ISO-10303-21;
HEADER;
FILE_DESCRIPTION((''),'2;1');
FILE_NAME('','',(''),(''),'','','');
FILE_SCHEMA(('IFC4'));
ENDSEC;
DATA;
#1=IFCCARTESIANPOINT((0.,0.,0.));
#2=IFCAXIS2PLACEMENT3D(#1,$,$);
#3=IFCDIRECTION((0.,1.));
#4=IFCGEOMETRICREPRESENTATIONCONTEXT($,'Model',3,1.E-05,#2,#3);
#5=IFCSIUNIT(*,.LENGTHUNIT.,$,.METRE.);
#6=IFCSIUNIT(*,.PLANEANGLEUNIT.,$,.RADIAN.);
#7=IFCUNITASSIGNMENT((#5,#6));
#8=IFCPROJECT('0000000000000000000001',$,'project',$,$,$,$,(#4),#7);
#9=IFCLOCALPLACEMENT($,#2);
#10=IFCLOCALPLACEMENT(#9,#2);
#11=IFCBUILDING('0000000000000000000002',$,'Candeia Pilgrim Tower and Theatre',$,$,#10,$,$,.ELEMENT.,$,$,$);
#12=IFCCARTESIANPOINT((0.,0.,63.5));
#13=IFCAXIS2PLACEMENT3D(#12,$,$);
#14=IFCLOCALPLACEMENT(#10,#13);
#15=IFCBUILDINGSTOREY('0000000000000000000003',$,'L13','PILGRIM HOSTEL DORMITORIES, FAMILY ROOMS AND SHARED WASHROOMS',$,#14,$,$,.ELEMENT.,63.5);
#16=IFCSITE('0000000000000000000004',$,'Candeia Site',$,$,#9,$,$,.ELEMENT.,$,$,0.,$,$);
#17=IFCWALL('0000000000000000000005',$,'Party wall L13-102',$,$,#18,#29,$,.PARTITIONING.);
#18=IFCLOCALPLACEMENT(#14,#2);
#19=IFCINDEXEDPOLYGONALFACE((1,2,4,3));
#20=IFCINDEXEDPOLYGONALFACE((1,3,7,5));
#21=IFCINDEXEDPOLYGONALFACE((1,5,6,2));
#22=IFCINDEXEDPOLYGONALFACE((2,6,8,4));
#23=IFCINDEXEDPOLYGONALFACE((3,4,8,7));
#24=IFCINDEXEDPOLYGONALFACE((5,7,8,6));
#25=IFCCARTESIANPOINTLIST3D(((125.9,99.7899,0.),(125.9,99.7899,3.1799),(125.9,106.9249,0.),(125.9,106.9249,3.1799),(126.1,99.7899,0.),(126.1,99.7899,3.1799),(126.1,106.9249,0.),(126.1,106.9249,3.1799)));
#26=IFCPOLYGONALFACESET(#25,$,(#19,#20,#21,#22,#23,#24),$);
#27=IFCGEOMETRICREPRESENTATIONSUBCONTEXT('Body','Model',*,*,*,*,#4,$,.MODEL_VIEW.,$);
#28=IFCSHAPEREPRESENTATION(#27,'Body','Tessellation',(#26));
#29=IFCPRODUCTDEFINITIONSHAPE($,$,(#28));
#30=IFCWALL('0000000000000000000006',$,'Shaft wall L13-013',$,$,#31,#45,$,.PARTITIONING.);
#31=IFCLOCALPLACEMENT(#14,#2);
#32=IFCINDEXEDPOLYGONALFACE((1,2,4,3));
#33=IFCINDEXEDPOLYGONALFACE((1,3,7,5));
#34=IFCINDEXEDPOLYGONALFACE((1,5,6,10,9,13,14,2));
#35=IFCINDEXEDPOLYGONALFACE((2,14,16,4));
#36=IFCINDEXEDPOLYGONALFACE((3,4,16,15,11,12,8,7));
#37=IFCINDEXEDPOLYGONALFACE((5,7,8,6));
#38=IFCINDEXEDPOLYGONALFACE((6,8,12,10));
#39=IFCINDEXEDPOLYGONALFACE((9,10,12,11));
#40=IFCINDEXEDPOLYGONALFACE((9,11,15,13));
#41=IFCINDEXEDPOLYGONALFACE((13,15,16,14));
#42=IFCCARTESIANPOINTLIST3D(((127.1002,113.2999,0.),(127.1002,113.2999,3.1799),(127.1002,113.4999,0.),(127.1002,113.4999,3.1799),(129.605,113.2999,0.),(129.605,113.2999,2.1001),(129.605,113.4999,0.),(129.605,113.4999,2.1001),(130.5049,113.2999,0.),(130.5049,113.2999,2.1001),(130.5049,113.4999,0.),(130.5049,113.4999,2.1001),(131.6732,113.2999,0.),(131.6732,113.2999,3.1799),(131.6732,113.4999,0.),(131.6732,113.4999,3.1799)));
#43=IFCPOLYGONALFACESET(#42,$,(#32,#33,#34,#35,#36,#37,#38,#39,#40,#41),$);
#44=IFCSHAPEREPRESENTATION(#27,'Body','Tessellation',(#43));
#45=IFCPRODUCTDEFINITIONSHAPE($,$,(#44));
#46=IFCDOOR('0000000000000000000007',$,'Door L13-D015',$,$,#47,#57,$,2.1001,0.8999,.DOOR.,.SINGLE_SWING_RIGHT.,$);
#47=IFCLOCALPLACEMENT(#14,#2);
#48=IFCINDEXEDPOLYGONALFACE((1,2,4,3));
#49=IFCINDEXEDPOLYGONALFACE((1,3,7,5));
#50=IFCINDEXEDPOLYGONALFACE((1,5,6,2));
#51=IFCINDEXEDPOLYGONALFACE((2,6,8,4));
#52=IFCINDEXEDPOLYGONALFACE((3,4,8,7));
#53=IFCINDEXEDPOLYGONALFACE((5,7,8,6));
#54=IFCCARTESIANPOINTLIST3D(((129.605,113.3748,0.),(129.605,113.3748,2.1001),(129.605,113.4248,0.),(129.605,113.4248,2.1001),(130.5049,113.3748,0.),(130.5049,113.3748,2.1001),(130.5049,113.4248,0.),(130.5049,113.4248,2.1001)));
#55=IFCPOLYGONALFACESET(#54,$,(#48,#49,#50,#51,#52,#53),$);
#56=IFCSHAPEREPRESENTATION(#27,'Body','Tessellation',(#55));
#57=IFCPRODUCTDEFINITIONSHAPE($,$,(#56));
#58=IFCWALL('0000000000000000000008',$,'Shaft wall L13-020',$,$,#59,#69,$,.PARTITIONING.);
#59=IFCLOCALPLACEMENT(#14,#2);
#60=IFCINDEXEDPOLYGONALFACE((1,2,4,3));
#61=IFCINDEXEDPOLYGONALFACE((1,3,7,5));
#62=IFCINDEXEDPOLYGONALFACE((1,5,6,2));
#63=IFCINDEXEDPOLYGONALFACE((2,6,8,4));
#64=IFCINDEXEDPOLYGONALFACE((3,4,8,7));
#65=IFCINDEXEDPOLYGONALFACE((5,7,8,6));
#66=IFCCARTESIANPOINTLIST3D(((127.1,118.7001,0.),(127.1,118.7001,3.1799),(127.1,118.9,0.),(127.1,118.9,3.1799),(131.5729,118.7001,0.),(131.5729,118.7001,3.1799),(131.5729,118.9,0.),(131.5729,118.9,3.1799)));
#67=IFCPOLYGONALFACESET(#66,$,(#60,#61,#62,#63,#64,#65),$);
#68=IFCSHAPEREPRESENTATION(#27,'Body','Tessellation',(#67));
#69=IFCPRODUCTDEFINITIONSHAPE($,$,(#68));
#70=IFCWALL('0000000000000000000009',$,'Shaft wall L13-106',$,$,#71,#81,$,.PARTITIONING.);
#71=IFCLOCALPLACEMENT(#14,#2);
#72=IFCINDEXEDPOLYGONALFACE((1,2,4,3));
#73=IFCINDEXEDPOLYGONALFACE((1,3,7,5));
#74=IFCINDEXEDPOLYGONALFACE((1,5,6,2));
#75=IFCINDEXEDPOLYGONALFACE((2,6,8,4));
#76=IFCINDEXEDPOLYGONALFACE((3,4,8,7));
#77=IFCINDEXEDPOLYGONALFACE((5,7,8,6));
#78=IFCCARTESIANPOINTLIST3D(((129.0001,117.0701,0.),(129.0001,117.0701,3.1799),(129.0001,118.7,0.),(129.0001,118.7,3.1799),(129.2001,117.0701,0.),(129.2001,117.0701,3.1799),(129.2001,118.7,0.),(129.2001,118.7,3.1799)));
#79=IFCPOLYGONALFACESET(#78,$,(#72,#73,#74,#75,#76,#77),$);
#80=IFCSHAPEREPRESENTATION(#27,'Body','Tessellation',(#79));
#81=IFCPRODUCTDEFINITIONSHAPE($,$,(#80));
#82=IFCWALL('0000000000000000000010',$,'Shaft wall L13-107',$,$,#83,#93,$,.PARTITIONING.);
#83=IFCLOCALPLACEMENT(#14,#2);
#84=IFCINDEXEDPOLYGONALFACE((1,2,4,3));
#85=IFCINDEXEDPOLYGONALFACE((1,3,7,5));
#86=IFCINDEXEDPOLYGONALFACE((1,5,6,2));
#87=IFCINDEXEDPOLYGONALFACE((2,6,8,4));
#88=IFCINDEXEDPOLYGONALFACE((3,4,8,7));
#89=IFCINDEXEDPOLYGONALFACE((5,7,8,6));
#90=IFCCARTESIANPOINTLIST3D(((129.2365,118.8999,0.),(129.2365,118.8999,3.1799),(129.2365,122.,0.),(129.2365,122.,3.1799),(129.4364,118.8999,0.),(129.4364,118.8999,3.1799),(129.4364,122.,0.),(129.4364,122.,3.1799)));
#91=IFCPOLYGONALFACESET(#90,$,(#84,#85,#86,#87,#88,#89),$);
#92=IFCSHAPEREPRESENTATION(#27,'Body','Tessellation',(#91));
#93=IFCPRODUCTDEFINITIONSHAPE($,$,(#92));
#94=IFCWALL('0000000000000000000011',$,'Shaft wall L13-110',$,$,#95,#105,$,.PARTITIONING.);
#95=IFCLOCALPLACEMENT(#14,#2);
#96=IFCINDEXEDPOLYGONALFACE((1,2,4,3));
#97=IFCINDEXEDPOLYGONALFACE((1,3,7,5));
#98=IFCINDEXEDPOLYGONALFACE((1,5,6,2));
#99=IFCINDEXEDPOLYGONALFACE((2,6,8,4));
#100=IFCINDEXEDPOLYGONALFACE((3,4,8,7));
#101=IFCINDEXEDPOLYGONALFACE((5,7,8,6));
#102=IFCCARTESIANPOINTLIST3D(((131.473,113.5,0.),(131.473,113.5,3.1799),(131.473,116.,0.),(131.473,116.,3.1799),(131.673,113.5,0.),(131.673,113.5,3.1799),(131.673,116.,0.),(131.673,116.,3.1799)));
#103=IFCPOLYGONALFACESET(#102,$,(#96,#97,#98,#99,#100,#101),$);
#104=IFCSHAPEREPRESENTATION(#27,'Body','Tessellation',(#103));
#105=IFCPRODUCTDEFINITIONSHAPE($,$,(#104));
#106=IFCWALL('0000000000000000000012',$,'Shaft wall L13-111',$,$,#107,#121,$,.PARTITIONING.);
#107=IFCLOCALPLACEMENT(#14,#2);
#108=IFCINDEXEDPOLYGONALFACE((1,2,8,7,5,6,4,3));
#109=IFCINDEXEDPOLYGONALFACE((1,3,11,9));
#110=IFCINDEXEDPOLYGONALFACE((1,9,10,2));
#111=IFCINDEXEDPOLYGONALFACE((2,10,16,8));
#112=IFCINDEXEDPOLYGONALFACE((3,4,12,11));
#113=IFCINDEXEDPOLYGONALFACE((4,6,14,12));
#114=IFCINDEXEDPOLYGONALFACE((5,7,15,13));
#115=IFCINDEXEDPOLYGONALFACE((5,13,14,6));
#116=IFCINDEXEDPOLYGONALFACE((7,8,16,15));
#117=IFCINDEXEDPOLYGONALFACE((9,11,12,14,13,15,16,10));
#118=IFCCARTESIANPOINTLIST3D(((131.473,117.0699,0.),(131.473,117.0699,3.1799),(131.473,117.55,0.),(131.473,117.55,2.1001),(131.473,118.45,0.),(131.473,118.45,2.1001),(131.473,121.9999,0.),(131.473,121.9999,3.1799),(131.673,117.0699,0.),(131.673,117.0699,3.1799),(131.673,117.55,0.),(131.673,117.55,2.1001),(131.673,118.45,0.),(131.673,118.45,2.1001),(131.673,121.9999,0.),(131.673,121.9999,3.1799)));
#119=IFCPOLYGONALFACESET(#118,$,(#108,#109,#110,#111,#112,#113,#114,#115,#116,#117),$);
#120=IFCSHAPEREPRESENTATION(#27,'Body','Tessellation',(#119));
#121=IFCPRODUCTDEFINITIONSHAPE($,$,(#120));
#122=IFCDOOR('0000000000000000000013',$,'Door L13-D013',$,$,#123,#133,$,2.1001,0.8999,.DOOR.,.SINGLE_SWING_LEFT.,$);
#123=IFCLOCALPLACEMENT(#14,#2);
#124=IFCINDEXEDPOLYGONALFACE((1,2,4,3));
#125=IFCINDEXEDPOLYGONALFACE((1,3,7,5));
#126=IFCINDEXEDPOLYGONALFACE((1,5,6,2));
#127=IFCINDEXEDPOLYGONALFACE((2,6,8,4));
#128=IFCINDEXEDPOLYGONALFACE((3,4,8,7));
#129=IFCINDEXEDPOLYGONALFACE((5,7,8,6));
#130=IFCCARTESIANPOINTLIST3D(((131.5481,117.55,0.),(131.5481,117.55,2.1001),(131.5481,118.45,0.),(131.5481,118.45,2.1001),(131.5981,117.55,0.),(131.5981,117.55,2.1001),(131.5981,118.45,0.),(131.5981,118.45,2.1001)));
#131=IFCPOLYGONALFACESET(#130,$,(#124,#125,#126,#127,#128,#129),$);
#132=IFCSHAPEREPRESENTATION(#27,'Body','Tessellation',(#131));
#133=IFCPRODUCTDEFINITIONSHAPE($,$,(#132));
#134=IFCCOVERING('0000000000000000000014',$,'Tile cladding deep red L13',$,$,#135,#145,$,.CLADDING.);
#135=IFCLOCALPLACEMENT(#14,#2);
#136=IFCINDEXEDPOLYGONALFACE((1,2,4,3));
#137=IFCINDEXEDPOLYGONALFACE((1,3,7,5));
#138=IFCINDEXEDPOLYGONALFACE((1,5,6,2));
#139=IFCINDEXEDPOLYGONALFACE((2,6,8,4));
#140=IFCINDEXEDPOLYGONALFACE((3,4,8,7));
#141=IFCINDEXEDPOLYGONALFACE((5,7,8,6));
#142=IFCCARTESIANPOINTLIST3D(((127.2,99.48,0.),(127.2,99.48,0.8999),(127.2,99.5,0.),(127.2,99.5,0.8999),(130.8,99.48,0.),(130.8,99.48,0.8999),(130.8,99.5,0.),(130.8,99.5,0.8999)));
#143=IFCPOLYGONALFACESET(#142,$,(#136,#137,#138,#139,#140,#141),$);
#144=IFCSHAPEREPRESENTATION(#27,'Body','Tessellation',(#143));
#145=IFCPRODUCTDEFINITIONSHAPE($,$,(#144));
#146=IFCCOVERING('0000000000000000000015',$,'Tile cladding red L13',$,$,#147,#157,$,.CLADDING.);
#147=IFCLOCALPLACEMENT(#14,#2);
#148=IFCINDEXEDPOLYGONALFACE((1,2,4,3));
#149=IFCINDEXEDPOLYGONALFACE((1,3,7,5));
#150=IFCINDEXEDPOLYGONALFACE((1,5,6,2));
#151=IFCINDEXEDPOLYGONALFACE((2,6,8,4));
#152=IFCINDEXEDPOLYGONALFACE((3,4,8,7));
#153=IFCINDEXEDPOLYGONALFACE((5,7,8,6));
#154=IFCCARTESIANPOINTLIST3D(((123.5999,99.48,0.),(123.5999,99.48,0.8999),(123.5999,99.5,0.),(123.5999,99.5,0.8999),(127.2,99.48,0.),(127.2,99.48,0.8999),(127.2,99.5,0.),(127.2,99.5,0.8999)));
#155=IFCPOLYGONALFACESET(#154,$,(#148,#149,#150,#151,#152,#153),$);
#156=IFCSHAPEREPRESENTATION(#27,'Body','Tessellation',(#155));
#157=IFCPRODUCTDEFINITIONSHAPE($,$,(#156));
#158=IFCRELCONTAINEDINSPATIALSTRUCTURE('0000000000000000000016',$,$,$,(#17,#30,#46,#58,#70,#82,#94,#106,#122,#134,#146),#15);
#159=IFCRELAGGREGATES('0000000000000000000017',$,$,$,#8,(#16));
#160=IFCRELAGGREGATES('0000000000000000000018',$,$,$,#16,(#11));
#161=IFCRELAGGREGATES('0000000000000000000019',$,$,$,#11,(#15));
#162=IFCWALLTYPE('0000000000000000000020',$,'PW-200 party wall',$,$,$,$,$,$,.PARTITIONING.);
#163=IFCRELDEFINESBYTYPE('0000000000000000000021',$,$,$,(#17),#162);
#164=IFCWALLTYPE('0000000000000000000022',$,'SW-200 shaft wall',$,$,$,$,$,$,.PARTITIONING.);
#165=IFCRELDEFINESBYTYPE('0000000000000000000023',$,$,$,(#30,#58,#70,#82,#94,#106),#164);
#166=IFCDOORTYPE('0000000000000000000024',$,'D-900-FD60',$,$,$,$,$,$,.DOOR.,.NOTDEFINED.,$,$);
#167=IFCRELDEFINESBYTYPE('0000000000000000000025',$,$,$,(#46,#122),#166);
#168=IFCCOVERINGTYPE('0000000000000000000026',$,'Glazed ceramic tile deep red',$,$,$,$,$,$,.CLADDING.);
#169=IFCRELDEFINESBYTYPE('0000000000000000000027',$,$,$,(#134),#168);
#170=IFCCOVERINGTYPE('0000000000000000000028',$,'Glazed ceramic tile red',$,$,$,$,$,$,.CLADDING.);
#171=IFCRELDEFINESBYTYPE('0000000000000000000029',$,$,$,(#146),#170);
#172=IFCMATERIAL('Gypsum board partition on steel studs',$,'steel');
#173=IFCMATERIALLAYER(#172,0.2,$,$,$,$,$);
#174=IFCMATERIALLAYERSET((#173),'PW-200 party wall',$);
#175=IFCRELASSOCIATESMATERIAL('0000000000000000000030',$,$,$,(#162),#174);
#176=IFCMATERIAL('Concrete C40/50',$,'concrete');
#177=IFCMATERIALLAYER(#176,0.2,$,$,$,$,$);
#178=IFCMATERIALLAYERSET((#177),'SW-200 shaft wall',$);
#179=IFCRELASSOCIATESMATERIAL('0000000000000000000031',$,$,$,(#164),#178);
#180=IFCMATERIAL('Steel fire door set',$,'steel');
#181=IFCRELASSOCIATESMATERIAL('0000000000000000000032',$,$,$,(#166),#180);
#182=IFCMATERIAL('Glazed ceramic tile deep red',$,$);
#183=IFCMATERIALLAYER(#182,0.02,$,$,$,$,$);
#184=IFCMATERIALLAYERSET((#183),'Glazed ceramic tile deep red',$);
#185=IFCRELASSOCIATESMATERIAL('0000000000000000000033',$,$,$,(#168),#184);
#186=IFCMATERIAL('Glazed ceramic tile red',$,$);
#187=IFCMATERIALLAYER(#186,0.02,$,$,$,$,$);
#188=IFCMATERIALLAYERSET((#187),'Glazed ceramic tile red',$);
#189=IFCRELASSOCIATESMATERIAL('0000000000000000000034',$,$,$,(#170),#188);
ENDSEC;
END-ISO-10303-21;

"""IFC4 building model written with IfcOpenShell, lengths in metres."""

from ifc_helpers import new_model, si_unit, direction, frame, frame_2d, origin, origin_2d, place, context, subcontext, project, spatial, rectangle, extrude, material, layer, layer_set, type_object, element, fill, save


model = new_model("IFC4")

# Units and contexts
model_context = context("Model", 3, precision=1e-05, world=origin(), true_north=direction((0.0, 1.0)))
body_context = subcontext(model_context, "Body", "Model", "MODEL_VIEW")
ifc_project = project(units=[si_unit("LENGTHUNIT", "METRE"), si_unit("PLANEANGLEUNIT", "RADIAN")], contexts=[model_context])

# Site, building, storey
site_placement = place(None, origin())
site = spatial("IfcSite", under=ifc_project, at=site_placement, Name="Candeia Site", CompositionType="ELEMENT", RefElevation=0.0)
building_placement = place(site_placement, origin())
building = spatial("IfcBuilding", under=site, at=building_placement, Name="Candeia Pilgrim Tower and Theatre", CompositionType="ELEMENT")
storey_placement = place(building_placement, frame((0.0, 0.0, 63.5)))
storey = spatial("IfcBuildingStorey", under=building, at=storey_placement, Name="L13", Description="PILGRIM HOSTEL DORMITORIES, FAMILY ROOMS AND SHARED WASHROOMS", CompositionType="ELEMENT", Elevation=63.5)

# Shared definitions
ifc_material_1 = material(Name="Steel fire door set", Category="steel")

# Shared definitions
ifc_material_2 = material(Name="Gypsum board partition on steel studs", Category="steel")

# Wall
ifc_layer_1 = layer(ifc_material_2, 0.2)
ifc_layer_set_1 = layer_set([ifc_layer_1], Name="PW-200 party wall")
wall_type_1 = type_object("IfcWallType", Name="PW-200 party wall", PredefinedType="PARTITIONING", material=ifc_layer_set_1)
wall_1_placement = place(storey_placement, frame((126.0, 99.79, 0.0), z_axis=(0.0, 0.0, 1.0), x_axis=(0.0, 1.0, 0.0)))
element("IfcWall", 1, at=wall_1_placement, inside=storey, type_object=wall_type_1, Name="Party wall L13-102", PredefinedType="PARTITIONING", context=body_context, shape_type="SweptSolid", body=[
    extrude(rectangle(XDim=7.135, YDim=0.2, at=frame_2d((3.5674, 0.0))), origin(), (0.0, 0.0, 1.0), 3.1799),
])

# Wall, opening, door
ifc_material_3 = material(Name="Concrete C40/50", Category="concrete")
ifc_layer_2 = layer(ifc_material_3, 0.2)
ifc_layer_set_2 = layer_set([ifc_layer_2], Name="SW-200 shaft wall")
wall_type_2 = type_object("IfcWallType", Name="SW-200 shaft wall", PredefinedType="PARTITIONING", material=ifc_layer_set_2)
wall_2_placement = place(storey_placement, frame((127.1001, 113.3999, 0.0), z_axis=(0.0, 0.0, 1.0), x_axis=(1.0, 0.0, 0.0)))
wall_2 = element("IfcWall", 2, at=wall_2_placement, inside=storey, type_object=wall_type_2, Name="Shaft wall L13-013", PredefinedType="PARTITIONING", context=body_context, shape_type="SweptSolid", body=[
    extrude(rectangle(XDim=4.573, YDim=0.2, at=frame_2d((2.2866, 0.0))), origin(), (0.0, 0.0, 1.0), 3.1799),
])
opening_1_placement = place(wall_2_placement, frame((2.5049, 0.0, 0.0)))
opening_1 = element("IfcOpeningElement", 3, at=opening_1_placement, cuts=wall_2, PredefinedType="OPENING", context=body_context, shape_type="SweptSolid", body=[
    extrude(rectangle(XDim=0.8999, YDim=2.1001, at=frame_2d((0.45, 1.05))), frame((0.0, 0.1099, 0.0), z_axis=(0.0, -1.0, 0.0), x_axis=(1.0, 0.0, 0.0)), (0.0, 0.0, 1.0), 0.22),
])
door_type_1 = type_object("IfcDoorType", Name="D-900-FD60", OperationType="NOTDEFINED", PredefinedType="DOOR", material=ifc_material_1)
door_1_placement = place(opening_1_placement, origin())
door_1 = element("IfcDoor", 4, at=door_1_placement, inside=storey, type_object=door_type_1, Name="Door L13-D015", OperationType="SINGLE_SWING_RIGHT", OverallHeight=2.1001, OverallWidth=0.8999, PredefinedType="DOOR", context=body_context, shape_type="SweptSolid", body=[
    extrude(rectangle(XDim=0.8999, YDim=2.1001, at=frame_2d((0.45, 1.05))), frame((0.0, 0.0249, 0.0), z_axis=(0.0, -1.0, 0.0), x_axis=(1.0, 0.0, 0.0)), (0.0, 0.0, 1.0), 0.05),
])
fill(opening_1, door_1)

# Walls
wall_3_placement = place(storey_placement, frame((127.1001, 118.8, 0.0), z_axis=(0.0, 0.0, 1.0), x_axis=(1.0, 0.0, 0.0)))
element("IfcWall", 5, at=wall_3_placement, inside=storey, type_object=wall_type_2, Name="Shaft wall L13-020", PredefinedType="PARTITIONING", context=body_context, shape_type="SweptSolid", body=[
    extrude(rectangle(XDim=4.4729, YDim=0.2, at=frame_2d((2.2363, 0.0))), origin(), (0.0, 0.0, 1.0), 3.1799),
])
wall_4_placement = place(storey_placement, frame((129.1001, 117.0701, 0.0), z_axis=(0.0, 0.0, 1.0), x_axis=(0.0, 1.0, 0.0)))
element("IfcWall", 6, at=wall_4_placement, inside=storey, type_object=wall_type_2, Name="Shaft wall L13-106", PredefinedType="PARTITIONING", context=body_context, shape_type="SweptSolid", body=[
    extrude(rectangle(XDim=1.6299, YDim=0.2, at=frame_2d((0.8149, 0.0))), origin(), (0.0, 0.0, 1.0), 3.1799),
])
wall_5_placement = place(storey_placement, frame((129.3364, 118.8999, 0.0), z_axis=(0.0, 0.0, 1.0), x_axis=(0.0, 1.0, 0.0)))
element("IfcWall", 7, at=wall_5_placement, inside=storey, type_object=wall_type_2, Name="Shaft wall L13-107", PredefinedType="PARTITIONING", context=body_context, shape_type="SweptSolid", body=[
    extrude(rectangle(XDim=3.1001, YDim=0.2, at=frame_2d((1.55, 0.0))), origin(), (0.0, 0.0, 1.0), 3.1799),
])
wall_6_placement = place(storey_placement, frame((131.573, 113.5, 0.0), z_axis=(0.0, 0.0, 1.0), x_axis=(0.0, 1.0, 0.0)))
element("IfcWall", 8, at=wall_6_placement, inside=storey, type_object=wall_type_2, Name="Shaft wall L13-110", PredefinedType="PARTITIONING", context=body_context, shape_type="SweptSolid", body=[
    extrude(rectangle(XDim=2.5, YDim=0.2, at=frame_2d((1.25, 0.0))), origin(), (0.0, 0.0, 1.0), 3.1799),
])

# Wall, opening, door
wall_7_placement = place(storey_placement, frame((131.573, 117.0701, 0.0), z_axis=(0.0, 0.0, 1.0), x_axis=(0.0, 1.0, 0.0)))
wall_7 = element("IfcWall", 9, at=wall_7_placement, inside=storey, type_object=wall_type_2, Name="Shaft wall L13-111", PredefinedType="PARTITIONING", context=body_context, shape_type="SweptSolid", body=[
    extrude(rectangle(XDim=4.9299, YDim=0.2, at=frame_2d((2.4648, 0.0))), origin(), (0.0, 0.0, 1.0), 3.1799),
])
opening_2_placement = place(wall_7_placement, frame((0.48, 0.0, 0.0)))
opening_2 = element("IfcOpeningElement", 10, at=opening_2_placement, cuts=wall_7, PredefinedType="OPENING", context=body_context, shape_type="SweptSolid", body=[
    extrude(rectangle(XDim=0.8999, YDim=2.1001, at=frame_2d((0.45, 1.05))), frame((0.0, 0.1099, 0.0), z_axis=(0.0, -1.0, 0.0), x_axis=(1.0, 0.0, 0.0)), (0.0, 0.0, 1.0), 0.22),
])
door_2_placement = place(opening_2_placement, origin())
door_2 = element("IfcDoor", 11, at=door_2_placement, inside=storey, type_object=door_type_1, Name="Door L13-D013", OperationType="SINGLE_SWING_LEFT", OverallHeight=2.1001, OverallWidth=0.8999, PredefinedType="DOOR", context=body_context, shape_type="SweptSolid", body=[
    extrude(rectangle(XDim=0.8999, YDim=2.1001, at=frame_2d((0.45, 1.05))), frame((0.0, 0.0249, 0.0), z_axis=(0.0, -1.0, 0.0), x_axis=(1.0, 0.0, 0.0)), (0.0, 0.0, 1.0), 0.05),
])
fill(opening_2, door_2)

# Coverings
ifc_material_4 = material(Name="Glazed ceramic tile deep red")
ifc_layer_3 = layer(ifc_material_4, 0.02)
ifc_layer_set_3 = layer_set([ifc_layer_3], Name="Glazed ceramic tile deep red")
covering_type_1 = type_object("IfcCoveringType", Name="Glazed ceramic tile deep red", PredefinedType="CLADDING", material=ifc_layer_set_3)
covering_1_placement = place(storey_placement, frame((129.0, 99.49, 0.0), z_axis=(0.0, 0.0, 1.0), x_axis=(1.0, 0.0, 0.0)))
element("IfcCovering", 12, at=covering_1_placement, inside=storey, type_object=covering_type_1, Name="Tile cladding deep red L13", PredefinedType="CLADDING", context=body_context, shape_type="SweptSolid", body=[
    extrude(rectangle(XDim=3.6001, YDim=0.02, at=origin_2d()), origin(), (0.0, 0.0, 1.0), 0.8999),
])
ifc_material_5 = material(Name="Glazed ceramic tile red")
ifc_layer_4 = layer(ifc_material_5, 0.02)
ifc_layer_set_4 = layer_set([ifc_layer_4], Name="Glazed ceramic tile red")
covering_type_2 = type_object("IfcCoveringType", Name="Glazed ceramic tile red", PredefinedType="CLADDING", material=ifc_layer_set_4)
covering_2_placement = place(storey_placement, frame((125.3999, 99.49, 0.0), z_axis=(0.0, 0.0, 1.0), x_axis=(1.0, 0.0, 0.0)))
element("IfcCovering", 13, at=covering_2_placement, inside=storey, type_object=covering_type_2, Name="Tile cladding red L13", PredefinedType="CLADDING", context=body_context, shape_type="SweptSolid", body=[
    extrude(rectangle(XDim=3.6001, YDim=0.02, at=origin_2d()), origin(), (0.0, 0.0, 1.0), 0.8999),
])

save(model, "model.ifc")
